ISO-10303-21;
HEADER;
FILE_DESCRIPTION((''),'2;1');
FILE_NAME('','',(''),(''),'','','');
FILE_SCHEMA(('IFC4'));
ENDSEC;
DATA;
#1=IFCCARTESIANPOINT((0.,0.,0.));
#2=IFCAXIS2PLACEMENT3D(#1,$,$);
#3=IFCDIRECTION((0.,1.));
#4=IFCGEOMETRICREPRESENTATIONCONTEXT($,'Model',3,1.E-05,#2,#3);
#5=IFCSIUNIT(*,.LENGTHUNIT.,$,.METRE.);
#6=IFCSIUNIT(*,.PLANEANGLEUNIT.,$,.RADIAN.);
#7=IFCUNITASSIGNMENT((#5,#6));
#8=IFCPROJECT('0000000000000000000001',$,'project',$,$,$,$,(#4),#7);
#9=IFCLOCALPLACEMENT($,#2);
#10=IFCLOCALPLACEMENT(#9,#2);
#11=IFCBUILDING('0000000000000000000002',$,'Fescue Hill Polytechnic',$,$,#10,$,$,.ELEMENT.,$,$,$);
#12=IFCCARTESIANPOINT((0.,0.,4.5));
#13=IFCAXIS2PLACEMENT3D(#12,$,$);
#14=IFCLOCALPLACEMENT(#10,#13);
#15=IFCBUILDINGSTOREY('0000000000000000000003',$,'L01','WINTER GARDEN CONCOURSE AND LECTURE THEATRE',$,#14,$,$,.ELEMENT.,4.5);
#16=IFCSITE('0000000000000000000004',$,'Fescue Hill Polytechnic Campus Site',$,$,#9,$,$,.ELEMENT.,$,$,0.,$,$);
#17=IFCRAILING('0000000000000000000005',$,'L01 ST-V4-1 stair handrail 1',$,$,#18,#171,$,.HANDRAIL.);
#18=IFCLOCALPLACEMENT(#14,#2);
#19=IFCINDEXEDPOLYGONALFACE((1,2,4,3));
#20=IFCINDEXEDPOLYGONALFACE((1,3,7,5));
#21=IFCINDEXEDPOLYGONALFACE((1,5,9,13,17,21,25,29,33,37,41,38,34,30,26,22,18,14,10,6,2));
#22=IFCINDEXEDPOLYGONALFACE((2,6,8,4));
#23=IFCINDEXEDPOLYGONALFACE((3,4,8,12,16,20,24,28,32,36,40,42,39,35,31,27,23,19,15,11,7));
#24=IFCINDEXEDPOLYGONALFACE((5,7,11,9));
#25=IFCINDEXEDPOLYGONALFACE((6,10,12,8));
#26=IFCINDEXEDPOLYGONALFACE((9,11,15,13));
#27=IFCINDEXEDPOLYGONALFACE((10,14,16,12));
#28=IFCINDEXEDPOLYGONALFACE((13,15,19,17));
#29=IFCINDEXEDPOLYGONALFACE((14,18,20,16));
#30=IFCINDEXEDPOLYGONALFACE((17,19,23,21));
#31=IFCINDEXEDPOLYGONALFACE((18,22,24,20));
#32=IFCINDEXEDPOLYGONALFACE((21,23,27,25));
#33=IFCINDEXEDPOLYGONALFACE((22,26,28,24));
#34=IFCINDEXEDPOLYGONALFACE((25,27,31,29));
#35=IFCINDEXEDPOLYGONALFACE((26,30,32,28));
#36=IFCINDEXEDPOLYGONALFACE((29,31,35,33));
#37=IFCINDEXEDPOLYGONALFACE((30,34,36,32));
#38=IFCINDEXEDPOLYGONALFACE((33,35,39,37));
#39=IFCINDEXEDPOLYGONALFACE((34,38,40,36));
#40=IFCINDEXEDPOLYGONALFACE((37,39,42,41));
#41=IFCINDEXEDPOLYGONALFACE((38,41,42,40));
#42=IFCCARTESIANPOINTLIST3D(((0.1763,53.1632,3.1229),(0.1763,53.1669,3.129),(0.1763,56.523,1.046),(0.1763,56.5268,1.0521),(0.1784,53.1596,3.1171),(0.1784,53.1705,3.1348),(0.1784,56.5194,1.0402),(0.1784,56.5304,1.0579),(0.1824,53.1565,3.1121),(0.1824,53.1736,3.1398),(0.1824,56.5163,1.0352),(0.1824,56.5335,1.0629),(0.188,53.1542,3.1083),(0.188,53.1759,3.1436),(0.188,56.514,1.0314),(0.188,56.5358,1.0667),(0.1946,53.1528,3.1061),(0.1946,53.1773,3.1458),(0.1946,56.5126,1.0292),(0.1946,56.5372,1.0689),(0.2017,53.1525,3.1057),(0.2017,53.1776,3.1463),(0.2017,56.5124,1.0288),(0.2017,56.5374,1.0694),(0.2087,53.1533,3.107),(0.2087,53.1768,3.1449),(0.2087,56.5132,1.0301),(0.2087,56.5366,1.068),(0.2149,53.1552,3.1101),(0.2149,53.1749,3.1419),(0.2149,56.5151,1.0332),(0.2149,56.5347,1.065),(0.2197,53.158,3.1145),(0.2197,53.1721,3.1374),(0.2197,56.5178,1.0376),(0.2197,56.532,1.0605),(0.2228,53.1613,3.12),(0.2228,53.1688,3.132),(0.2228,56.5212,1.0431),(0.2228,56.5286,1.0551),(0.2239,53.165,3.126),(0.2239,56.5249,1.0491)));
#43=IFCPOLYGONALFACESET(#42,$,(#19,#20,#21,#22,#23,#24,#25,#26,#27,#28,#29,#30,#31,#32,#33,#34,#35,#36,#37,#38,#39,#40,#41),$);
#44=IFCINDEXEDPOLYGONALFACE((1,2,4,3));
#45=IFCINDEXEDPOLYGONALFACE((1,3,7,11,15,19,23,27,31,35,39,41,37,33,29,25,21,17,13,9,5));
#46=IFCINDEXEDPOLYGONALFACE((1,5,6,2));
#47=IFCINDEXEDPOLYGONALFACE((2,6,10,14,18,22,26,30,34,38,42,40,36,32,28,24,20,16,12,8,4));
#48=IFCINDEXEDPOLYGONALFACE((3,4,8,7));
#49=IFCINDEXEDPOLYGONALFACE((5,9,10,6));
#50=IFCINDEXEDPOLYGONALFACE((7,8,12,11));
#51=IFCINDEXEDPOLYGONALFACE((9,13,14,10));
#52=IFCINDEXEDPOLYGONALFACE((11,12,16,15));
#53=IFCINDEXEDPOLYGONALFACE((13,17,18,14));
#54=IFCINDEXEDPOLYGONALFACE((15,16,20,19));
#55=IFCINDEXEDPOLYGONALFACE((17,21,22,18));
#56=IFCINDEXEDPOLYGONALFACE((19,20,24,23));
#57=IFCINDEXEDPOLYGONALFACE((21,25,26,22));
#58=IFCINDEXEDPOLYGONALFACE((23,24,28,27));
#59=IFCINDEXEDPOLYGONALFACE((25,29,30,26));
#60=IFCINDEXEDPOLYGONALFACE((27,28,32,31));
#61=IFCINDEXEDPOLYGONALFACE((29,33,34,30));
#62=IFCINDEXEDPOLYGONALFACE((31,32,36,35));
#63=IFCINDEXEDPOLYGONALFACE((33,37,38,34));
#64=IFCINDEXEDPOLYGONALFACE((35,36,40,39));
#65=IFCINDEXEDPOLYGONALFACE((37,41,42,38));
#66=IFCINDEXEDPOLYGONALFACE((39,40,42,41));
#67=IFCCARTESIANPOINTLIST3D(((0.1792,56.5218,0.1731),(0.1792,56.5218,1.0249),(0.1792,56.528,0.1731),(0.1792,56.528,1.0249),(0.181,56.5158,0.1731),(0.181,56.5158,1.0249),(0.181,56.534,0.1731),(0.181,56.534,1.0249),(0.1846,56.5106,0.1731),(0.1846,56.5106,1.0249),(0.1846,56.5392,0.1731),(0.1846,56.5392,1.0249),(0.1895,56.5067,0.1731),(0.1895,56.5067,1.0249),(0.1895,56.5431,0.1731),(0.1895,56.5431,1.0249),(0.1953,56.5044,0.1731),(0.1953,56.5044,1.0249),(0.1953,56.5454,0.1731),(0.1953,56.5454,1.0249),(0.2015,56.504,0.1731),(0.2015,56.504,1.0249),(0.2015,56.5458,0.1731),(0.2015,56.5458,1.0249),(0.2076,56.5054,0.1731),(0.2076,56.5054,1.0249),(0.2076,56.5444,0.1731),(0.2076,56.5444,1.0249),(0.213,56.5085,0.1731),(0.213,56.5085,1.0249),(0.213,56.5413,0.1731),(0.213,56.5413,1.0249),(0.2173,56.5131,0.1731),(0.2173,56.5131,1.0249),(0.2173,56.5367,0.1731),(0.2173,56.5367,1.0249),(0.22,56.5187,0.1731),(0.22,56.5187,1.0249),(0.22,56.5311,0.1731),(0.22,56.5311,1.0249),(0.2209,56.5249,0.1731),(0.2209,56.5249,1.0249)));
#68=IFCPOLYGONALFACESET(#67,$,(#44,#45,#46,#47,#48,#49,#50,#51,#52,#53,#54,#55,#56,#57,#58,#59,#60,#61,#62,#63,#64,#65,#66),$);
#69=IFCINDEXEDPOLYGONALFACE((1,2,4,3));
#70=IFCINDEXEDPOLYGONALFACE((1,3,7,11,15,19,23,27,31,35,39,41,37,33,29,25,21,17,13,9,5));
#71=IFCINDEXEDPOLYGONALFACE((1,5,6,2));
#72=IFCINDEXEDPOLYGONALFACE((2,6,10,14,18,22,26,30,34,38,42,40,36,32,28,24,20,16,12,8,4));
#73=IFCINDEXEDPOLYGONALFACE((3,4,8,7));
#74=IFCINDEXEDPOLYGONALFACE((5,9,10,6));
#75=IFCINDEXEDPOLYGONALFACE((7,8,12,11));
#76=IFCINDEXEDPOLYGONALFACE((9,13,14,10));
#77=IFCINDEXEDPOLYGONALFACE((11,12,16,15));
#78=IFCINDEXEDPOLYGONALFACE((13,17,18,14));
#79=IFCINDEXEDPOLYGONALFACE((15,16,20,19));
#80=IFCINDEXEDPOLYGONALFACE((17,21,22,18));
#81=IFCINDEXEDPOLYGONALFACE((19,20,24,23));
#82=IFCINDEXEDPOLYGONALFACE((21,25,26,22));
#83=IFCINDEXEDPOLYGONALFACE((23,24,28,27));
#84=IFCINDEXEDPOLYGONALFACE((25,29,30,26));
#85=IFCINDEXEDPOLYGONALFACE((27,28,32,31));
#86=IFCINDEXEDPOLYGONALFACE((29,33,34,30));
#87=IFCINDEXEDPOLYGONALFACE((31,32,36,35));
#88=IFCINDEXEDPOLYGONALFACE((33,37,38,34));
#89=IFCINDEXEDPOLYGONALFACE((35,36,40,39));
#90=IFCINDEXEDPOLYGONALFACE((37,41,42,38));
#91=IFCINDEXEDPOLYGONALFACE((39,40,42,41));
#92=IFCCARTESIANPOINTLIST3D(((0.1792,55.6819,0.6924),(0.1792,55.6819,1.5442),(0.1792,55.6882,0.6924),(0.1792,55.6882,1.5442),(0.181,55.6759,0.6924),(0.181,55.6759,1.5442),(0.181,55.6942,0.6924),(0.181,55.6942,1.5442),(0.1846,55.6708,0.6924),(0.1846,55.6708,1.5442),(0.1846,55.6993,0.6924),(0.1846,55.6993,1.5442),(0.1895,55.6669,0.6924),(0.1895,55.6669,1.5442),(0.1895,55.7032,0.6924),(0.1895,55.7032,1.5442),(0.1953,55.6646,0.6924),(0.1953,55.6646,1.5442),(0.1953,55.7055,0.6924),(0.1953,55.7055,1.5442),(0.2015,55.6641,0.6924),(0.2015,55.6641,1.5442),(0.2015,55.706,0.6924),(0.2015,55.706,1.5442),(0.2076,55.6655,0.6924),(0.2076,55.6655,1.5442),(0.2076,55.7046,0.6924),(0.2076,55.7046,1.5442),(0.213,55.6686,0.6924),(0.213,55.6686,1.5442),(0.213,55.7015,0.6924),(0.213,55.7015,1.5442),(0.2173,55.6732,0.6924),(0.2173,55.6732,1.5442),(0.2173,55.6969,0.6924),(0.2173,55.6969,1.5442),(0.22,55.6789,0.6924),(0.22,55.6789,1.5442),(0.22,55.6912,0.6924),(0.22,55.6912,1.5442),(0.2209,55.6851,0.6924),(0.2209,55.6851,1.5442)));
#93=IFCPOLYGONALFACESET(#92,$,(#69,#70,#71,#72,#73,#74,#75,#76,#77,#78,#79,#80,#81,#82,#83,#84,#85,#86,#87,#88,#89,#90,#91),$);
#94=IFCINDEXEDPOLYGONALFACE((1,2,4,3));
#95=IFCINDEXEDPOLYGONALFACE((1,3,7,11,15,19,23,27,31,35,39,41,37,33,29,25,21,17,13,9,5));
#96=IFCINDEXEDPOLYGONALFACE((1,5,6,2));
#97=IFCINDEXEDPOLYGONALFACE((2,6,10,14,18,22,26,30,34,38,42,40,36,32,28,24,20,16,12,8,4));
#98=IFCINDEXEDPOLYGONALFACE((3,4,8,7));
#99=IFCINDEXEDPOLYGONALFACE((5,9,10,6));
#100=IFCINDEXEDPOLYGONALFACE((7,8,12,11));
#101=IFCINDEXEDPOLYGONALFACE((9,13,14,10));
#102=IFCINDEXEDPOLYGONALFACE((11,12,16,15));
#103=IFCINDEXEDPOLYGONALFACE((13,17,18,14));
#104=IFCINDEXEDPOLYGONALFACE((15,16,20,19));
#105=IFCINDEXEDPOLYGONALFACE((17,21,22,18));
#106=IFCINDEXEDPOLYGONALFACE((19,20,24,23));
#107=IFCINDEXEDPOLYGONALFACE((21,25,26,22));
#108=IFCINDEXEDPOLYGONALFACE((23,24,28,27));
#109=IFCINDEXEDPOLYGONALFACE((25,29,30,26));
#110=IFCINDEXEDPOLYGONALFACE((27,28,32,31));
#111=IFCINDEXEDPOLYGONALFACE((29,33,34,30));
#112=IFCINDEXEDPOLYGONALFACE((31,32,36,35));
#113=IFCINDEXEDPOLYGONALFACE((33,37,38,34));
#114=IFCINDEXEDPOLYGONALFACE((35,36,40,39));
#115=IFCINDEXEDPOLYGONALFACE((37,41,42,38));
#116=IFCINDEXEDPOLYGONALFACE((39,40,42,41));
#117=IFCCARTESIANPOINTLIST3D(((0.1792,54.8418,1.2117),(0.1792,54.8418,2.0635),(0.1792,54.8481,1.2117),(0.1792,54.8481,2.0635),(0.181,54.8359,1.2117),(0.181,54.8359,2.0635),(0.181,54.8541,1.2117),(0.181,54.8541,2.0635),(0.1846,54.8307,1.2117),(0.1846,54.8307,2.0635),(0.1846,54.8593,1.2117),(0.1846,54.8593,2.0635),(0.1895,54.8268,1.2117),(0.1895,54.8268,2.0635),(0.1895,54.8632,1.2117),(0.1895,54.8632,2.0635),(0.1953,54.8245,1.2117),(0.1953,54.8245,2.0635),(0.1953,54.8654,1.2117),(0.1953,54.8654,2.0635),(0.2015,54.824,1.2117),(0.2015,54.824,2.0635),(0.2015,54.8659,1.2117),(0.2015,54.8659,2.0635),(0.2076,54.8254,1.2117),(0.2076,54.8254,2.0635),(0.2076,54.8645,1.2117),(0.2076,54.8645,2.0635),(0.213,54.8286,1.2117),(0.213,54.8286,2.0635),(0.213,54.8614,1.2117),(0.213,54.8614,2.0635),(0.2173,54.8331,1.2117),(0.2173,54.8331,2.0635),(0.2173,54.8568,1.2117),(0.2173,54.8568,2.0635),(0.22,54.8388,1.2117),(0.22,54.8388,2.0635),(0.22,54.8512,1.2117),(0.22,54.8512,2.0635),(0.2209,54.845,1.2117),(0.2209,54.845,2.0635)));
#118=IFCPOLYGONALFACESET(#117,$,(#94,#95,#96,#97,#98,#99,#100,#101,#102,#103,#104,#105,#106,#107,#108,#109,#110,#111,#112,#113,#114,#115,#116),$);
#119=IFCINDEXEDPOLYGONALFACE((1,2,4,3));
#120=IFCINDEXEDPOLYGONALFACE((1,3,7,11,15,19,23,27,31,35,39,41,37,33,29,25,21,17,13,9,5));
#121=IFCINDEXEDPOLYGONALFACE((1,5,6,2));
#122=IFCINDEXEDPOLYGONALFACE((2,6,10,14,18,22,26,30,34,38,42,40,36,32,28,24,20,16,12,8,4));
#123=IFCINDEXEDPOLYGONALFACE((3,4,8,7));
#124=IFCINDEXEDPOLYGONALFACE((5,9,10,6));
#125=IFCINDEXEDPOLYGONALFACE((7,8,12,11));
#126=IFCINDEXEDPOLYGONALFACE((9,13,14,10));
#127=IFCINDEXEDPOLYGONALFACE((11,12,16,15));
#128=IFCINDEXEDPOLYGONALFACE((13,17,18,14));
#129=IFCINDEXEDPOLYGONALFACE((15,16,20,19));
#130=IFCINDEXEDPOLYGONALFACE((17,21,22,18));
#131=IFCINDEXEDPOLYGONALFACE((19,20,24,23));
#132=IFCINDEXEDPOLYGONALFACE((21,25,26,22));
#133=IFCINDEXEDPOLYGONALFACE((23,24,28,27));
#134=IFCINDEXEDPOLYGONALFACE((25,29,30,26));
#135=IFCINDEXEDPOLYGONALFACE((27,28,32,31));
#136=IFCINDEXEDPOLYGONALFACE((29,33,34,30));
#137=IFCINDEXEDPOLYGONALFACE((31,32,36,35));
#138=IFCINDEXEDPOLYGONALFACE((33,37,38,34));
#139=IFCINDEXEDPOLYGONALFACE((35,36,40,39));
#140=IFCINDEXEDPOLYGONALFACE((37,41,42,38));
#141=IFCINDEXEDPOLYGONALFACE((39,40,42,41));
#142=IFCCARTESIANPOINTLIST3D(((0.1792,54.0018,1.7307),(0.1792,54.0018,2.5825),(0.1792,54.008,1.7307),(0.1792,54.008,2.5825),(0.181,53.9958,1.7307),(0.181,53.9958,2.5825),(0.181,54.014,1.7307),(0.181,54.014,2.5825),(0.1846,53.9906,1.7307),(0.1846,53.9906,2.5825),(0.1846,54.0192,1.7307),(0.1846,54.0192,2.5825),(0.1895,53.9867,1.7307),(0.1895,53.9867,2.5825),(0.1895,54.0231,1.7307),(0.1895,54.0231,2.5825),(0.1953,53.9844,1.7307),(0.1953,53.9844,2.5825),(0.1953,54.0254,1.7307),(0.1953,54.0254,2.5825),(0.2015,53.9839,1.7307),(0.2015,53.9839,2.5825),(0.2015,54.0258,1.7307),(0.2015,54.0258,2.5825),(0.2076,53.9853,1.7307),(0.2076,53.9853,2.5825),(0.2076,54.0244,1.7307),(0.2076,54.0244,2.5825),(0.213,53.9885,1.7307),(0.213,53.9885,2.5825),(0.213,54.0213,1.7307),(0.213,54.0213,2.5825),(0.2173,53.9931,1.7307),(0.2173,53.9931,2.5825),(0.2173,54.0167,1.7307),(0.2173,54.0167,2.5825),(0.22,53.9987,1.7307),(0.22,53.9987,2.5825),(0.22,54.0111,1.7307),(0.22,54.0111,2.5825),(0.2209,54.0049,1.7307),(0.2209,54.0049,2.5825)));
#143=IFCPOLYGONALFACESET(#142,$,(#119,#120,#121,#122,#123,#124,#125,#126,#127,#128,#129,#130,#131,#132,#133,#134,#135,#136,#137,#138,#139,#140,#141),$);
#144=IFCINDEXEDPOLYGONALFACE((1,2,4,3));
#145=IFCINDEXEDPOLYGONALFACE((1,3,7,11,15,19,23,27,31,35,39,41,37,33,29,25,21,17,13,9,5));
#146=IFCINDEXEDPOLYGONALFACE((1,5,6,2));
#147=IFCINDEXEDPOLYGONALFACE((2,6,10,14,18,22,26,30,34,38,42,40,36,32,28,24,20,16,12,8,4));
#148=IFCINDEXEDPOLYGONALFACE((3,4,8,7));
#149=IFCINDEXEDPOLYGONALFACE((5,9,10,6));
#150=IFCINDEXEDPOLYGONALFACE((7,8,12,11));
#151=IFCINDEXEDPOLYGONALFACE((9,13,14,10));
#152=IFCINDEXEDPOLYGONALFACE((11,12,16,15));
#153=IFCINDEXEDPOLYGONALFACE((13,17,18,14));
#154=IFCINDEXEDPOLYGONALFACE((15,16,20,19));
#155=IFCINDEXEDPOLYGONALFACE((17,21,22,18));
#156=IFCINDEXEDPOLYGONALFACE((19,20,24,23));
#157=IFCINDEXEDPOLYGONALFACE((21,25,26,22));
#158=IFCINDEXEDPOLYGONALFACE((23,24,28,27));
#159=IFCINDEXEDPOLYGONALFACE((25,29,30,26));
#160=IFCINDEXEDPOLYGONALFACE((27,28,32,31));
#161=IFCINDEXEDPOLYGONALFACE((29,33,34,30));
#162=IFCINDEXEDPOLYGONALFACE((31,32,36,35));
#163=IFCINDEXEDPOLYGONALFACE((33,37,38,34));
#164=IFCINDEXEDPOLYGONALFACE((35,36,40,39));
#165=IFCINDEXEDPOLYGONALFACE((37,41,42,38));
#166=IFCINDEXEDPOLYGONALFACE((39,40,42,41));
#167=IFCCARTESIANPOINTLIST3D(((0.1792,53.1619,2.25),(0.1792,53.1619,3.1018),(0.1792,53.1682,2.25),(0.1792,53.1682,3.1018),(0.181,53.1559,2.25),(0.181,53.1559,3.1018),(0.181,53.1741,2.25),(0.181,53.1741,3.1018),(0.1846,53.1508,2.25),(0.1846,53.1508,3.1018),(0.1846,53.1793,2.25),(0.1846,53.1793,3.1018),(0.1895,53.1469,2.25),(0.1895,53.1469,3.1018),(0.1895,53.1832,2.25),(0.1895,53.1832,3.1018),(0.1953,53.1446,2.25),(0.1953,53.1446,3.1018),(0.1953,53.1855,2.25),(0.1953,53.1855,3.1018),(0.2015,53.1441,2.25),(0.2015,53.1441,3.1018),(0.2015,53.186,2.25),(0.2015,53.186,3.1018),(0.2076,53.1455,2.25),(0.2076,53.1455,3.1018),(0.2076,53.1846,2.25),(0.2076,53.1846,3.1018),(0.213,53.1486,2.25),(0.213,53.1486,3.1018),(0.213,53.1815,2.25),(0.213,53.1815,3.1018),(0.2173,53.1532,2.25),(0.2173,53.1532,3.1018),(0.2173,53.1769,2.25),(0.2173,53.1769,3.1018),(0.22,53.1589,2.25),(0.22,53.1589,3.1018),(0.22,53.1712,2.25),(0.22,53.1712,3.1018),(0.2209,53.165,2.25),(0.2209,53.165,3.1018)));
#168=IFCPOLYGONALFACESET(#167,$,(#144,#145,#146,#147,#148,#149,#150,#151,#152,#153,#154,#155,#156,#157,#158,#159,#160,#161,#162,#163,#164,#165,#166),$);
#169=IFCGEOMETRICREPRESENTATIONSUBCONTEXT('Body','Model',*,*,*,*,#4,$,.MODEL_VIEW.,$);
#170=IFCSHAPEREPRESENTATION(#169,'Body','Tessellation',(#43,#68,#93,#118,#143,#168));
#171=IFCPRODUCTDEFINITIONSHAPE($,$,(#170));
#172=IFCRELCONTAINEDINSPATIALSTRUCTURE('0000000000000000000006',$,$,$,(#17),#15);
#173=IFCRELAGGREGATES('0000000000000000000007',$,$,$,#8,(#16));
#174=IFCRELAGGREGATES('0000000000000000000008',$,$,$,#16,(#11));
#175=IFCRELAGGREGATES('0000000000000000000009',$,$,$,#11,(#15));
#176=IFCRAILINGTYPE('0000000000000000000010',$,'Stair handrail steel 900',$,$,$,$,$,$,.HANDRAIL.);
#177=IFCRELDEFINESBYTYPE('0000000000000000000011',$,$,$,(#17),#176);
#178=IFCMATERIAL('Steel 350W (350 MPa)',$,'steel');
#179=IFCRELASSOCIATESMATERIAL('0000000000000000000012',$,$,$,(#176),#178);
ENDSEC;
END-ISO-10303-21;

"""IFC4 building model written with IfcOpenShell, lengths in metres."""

from ifc_helpers import new_model, si_unit, direction, frame, origin, origin_2d, place, context, subcontext, project, spatial, circle, extrude, material, type_object, element, save


model = new_model("IFC4")

# Units and contexts
model_context = context("Model", 3, precision=1e-05, world=origin(), true_north=direction((0.0, 1.0)))
body_context = subcontext(model_context, "Body", "Model", "MODEL_VIEW")
ifc_project = project(units=[si_unit("LENGTHUNIT", "METRE"), si_unit("PLANEANGLEUNIT", "RADIAN")], contexts=[model_context])

# Site, building, storey
site_placement = place(None, origin())
site = spatial("IfcSite", under=ifc_project, at=site_placement, Name="Fescue Hill Polytechnic Campus Site", CompositionType="ELEMENT", RefElevation=0.0)
building_placement = place(site_placement, origin())
building = spatial("IfcBuilding", under=site, at=building_placement, Name="Fescue Hill Polytechnic", CompositionType="ELEMENT")
storey_placement = place(building_placement, frame((0.0, 0.0, 4.5)))
storey = spatial("IfcBuildingStorey", under=building, at=storey_placement, Name="L01", Description="WINTER GARDEN CONCOURSE AND LECTURE THEATRE", CompositionType="ELEMENT", Elevation=4.5)

# Railing
ifc_material_1 = material(Name="Steel 350W (350 MPa)", Category="steel")
railing_type_1 = type_object("IfcRailingType", Name="Stair handrail steel 900", PredefinedType="HANDRAIL", material=ifc_material_1)
for number, where, name in (
    (1, (0.2, 56.5249, 0.1731), "L01 ST-V4-1 stair handrail 1"),
):
    element("IfcRailing", number, at=place(storey_placement, frame(where)), inside=storey, type_object=railing_type_1, Name=name, PredefinedType="HANDRAIL", context=body_context, shape_type="SweptSolid", body=[
        extrude(circle(Radius=0.0239, at=origin_2d()), frame((0.0, 0.0, 0.876), z_axis=(0.0, -0.850606, 0.525803), x_axis=(1.0, 0.0, 0.0)), (0.0, 0.0, 1.0), 3.95),
        extrude(circle(Radius=0.021, at=origin_2d()), origin(), (0.0, 0.0, 1.0), 0.8518),
        extrude(circle(Radius=0.021, at=origin_2d()), frame((0.0, -0.8398, 0.5193)), (0.0, 0.0, 1.0), 0.8518),
        extrude(circle(Radius=0.021, at=origin_2d()), frame((0.0, -1.6799, 1.0386)), (0.0, 0.0, 1.0), 0.8518),
        extrude(circle(Radius=0.021, at=origin_2d()), frame((0.0, -2.52, 1.5576)), (0.0, 0.0, 1.0), 0.8518),
        extrude(circle(Radius=0.021, at=origin_2d()), frame((0.0, -3.3599, 2.0769)), (0.0, 0.0, 1.0), 0.8518),
    ])

save(model, "model.ifc")
